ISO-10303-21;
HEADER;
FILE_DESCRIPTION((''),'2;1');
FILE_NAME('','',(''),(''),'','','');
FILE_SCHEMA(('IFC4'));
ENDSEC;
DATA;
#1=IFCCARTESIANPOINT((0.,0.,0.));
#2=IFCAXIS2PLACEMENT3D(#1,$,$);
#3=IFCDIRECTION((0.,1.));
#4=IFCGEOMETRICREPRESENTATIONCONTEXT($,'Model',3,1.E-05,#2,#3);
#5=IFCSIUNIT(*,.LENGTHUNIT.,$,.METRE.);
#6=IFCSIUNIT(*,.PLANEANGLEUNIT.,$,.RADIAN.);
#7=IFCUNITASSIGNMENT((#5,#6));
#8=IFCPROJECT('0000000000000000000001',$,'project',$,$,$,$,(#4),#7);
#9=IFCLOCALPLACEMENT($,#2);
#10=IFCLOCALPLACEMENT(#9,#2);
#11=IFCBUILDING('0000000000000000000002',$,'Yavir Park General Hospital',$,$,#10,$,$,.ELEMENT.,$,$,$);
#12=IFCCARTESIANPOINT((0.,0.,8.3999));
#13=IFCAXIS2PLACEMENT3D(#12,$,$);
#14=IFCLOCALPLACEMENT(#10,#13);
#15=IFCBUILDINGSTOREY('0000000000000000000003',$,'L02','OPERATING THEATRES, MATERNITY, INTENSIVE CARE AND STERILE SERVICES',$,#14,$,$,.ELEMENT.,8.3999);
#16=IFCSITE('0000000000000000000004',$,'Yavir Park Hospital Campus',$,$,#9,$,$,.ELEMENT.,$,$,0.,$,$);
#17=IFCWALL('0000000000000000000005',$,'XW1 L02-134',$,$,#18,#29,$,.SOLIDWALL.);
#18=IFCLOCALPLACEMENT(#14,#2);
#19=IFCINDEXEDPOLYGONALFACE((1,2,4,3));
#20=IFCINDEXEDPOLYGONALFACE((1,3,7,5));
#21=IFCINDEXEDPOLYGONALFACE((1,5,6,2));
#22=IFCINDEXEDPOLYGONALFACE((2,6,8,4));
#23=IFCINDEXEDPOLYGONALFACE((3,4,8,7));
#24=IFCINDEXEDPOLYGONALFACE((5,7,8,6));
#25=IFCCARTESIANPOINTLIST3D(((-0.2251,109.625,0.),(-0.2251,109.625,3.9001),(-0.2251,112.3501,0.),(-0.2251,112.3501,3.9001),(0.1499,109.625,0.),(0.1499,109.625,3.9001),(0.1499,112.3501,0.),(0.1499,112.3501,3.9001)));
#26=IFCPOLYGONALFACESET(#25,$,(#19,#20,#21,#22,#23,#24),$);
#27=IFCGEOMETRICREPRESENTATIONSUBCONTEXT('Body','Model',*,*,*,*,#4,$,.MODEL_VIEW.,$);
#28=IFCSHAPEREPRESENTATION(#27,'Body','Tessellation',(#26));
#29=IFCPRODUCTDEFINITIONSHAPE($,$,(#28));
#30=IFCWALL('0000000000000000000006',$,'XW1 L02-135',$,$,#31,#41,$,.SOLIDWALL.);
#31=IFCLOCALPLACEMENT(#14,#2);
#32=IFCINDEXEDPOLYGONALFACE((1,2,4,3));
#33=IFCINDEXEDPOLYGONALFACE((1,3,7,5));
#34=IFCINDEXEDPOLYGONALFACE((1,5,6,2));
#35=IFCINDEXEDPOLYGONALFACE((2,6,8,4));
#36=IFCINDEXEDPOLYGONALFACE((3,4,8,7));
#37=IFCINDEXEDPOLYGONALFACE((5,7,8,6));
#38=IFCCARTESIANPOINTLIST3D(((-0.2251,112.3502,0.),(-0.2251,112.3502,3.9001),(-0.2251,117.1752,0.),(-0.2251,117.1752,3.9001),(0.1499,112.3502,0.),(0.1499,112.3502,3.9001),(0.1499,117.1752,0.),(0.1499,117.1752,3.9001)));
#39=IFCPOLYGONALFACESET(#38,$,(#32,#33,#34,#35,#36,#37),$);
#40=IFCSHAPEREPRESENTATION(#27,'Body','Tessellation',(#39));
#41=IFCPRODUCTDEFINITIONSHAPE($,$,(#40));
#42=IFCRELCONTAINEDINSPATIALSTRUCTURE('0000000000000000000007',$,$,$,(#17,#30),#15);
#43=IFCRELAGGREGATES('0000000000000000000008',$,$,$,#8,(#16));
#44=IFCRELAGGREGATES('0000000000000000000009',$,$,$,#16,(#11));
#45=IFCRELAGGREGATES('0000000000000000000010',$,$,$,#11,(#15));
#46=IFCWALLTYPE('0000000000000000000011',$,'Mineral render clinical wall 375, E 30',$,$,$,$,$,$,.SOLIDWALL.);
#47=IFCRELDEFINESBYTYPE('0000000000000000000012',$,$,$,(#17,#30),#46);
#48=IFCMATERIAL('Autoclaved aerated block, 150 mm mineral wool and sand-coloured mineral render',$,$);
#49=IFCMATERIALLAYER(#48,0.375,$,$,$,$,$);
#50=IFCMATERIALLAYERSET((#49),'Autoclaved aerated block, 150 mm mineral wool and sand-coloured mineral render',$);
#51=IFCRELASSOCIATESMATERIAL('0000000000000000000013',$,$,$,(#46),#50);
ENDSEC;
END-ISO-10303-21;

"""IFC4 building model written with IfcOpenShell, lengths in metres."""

from ifc_helpers import new_model, si_unit, direction, frame, frame_2d, origin, place, context, subcontext, project, spatial, rectangle, extrude, material, layer, layer_set, type_object, element, save


model = new_model("IFC4")

# Units and contexts
model_context = context("Model", 3, precision=1e-05, world=origin(), true_north=direction((0.0, 1.0)))
body_context = subcontext(model_context, "Body", "Model", "MODEL_VIEW")
ifc_project = project(units=[si_unit("LENGTHUNIT", "METRE"), si_unit("PLANEANGLEUNIT", "RADIAN")], contexts=[model_context])

# Site, building, storey
site_placement = place(None, origin())
site = spatial("IfcSite", under=ifc_project, at=site_placement, Name="Yavir Park Hospital Campus", CompositionType="ELEMENT", RefElevation=0.0)
building_placement = place(site_placement, origin())
building = spatial("IfcBuilding", under=site, at=building_placement, Name="Yavir Park General Hospital", CompositionType="ELEMENT")
storey_placement = place(building_placement, frame((0.0, 0.0, 8.3999)))
storey = spatial("IfcBuildingStorey", under=building, at=storey_placement, Name="L02", Description="OPERATING THEATRES, MATERNITY, INTENSIVE CARE AND STERILE SERVICES", CompositionType="ELEMENT", Elevation=8.3999)

# Shared definitions
ifc_material_1 = material(Name="Autoclaved aerated block, 150 mm mineral wool and sand-coloured mineral render")
ifc_layer_1 = layer(ifc_material_1, 0.375)
ifc_layer_set_1 = layer_set([ifc_layer_1], Name="Autoclaved aerated block, 150 mm mineral wool and sand-coloured mineral render")
wall_type_1 = type_object("IfcWallType", Name="Mineral render clinical wall 375, E 30", PredefinedType="SOLIDWALL", material=ifc_layer_set_1)

# Walls
wall_1_placement = place(storey_placement, frame((-0.0376, 109.625, 0.0), z_axis=(0.0, 0.0, 1.0), x_axis=(0.0, 1.0, 0.0)))
element("IfcWall", 1, at=wall_1_placement, inside=storey, type_object=wall_type_1, Name="XW1 L02-134", PredefinedType="SOLIDWALL", context=body_context, shape_type="SweptSolid", body=[
    extrude(rectangle(XDim=2.7251, YDim=0.375, at=frame_2d((1.3625, 0.0))), origin(), (0.0, 0.0, 1.0), 3.9001),
])
wall_2_placement = place(storey_placement, frame((-0.0376, 112.3501, 0.0), z_axis=(0.0, 0.0, 1.0), x_axis=(0.0, 1.0, 0.0)))
element("IfcWall", 2, at=wall_2_placement, inside=storey, type_object=wall_type_1, Name="XW1 L02-135", PredefinedType="SOLIDWALL", context=body_context, shape_type="SweptSolid", body=[
    extrude(rectangle(XDim=4.825, YDim=0.375, at=frame_2d((2.4126, 0.0))), origin(), (0.0, 0.0, 1.0), 3.9001),
])

save(model, "model.ifc")
